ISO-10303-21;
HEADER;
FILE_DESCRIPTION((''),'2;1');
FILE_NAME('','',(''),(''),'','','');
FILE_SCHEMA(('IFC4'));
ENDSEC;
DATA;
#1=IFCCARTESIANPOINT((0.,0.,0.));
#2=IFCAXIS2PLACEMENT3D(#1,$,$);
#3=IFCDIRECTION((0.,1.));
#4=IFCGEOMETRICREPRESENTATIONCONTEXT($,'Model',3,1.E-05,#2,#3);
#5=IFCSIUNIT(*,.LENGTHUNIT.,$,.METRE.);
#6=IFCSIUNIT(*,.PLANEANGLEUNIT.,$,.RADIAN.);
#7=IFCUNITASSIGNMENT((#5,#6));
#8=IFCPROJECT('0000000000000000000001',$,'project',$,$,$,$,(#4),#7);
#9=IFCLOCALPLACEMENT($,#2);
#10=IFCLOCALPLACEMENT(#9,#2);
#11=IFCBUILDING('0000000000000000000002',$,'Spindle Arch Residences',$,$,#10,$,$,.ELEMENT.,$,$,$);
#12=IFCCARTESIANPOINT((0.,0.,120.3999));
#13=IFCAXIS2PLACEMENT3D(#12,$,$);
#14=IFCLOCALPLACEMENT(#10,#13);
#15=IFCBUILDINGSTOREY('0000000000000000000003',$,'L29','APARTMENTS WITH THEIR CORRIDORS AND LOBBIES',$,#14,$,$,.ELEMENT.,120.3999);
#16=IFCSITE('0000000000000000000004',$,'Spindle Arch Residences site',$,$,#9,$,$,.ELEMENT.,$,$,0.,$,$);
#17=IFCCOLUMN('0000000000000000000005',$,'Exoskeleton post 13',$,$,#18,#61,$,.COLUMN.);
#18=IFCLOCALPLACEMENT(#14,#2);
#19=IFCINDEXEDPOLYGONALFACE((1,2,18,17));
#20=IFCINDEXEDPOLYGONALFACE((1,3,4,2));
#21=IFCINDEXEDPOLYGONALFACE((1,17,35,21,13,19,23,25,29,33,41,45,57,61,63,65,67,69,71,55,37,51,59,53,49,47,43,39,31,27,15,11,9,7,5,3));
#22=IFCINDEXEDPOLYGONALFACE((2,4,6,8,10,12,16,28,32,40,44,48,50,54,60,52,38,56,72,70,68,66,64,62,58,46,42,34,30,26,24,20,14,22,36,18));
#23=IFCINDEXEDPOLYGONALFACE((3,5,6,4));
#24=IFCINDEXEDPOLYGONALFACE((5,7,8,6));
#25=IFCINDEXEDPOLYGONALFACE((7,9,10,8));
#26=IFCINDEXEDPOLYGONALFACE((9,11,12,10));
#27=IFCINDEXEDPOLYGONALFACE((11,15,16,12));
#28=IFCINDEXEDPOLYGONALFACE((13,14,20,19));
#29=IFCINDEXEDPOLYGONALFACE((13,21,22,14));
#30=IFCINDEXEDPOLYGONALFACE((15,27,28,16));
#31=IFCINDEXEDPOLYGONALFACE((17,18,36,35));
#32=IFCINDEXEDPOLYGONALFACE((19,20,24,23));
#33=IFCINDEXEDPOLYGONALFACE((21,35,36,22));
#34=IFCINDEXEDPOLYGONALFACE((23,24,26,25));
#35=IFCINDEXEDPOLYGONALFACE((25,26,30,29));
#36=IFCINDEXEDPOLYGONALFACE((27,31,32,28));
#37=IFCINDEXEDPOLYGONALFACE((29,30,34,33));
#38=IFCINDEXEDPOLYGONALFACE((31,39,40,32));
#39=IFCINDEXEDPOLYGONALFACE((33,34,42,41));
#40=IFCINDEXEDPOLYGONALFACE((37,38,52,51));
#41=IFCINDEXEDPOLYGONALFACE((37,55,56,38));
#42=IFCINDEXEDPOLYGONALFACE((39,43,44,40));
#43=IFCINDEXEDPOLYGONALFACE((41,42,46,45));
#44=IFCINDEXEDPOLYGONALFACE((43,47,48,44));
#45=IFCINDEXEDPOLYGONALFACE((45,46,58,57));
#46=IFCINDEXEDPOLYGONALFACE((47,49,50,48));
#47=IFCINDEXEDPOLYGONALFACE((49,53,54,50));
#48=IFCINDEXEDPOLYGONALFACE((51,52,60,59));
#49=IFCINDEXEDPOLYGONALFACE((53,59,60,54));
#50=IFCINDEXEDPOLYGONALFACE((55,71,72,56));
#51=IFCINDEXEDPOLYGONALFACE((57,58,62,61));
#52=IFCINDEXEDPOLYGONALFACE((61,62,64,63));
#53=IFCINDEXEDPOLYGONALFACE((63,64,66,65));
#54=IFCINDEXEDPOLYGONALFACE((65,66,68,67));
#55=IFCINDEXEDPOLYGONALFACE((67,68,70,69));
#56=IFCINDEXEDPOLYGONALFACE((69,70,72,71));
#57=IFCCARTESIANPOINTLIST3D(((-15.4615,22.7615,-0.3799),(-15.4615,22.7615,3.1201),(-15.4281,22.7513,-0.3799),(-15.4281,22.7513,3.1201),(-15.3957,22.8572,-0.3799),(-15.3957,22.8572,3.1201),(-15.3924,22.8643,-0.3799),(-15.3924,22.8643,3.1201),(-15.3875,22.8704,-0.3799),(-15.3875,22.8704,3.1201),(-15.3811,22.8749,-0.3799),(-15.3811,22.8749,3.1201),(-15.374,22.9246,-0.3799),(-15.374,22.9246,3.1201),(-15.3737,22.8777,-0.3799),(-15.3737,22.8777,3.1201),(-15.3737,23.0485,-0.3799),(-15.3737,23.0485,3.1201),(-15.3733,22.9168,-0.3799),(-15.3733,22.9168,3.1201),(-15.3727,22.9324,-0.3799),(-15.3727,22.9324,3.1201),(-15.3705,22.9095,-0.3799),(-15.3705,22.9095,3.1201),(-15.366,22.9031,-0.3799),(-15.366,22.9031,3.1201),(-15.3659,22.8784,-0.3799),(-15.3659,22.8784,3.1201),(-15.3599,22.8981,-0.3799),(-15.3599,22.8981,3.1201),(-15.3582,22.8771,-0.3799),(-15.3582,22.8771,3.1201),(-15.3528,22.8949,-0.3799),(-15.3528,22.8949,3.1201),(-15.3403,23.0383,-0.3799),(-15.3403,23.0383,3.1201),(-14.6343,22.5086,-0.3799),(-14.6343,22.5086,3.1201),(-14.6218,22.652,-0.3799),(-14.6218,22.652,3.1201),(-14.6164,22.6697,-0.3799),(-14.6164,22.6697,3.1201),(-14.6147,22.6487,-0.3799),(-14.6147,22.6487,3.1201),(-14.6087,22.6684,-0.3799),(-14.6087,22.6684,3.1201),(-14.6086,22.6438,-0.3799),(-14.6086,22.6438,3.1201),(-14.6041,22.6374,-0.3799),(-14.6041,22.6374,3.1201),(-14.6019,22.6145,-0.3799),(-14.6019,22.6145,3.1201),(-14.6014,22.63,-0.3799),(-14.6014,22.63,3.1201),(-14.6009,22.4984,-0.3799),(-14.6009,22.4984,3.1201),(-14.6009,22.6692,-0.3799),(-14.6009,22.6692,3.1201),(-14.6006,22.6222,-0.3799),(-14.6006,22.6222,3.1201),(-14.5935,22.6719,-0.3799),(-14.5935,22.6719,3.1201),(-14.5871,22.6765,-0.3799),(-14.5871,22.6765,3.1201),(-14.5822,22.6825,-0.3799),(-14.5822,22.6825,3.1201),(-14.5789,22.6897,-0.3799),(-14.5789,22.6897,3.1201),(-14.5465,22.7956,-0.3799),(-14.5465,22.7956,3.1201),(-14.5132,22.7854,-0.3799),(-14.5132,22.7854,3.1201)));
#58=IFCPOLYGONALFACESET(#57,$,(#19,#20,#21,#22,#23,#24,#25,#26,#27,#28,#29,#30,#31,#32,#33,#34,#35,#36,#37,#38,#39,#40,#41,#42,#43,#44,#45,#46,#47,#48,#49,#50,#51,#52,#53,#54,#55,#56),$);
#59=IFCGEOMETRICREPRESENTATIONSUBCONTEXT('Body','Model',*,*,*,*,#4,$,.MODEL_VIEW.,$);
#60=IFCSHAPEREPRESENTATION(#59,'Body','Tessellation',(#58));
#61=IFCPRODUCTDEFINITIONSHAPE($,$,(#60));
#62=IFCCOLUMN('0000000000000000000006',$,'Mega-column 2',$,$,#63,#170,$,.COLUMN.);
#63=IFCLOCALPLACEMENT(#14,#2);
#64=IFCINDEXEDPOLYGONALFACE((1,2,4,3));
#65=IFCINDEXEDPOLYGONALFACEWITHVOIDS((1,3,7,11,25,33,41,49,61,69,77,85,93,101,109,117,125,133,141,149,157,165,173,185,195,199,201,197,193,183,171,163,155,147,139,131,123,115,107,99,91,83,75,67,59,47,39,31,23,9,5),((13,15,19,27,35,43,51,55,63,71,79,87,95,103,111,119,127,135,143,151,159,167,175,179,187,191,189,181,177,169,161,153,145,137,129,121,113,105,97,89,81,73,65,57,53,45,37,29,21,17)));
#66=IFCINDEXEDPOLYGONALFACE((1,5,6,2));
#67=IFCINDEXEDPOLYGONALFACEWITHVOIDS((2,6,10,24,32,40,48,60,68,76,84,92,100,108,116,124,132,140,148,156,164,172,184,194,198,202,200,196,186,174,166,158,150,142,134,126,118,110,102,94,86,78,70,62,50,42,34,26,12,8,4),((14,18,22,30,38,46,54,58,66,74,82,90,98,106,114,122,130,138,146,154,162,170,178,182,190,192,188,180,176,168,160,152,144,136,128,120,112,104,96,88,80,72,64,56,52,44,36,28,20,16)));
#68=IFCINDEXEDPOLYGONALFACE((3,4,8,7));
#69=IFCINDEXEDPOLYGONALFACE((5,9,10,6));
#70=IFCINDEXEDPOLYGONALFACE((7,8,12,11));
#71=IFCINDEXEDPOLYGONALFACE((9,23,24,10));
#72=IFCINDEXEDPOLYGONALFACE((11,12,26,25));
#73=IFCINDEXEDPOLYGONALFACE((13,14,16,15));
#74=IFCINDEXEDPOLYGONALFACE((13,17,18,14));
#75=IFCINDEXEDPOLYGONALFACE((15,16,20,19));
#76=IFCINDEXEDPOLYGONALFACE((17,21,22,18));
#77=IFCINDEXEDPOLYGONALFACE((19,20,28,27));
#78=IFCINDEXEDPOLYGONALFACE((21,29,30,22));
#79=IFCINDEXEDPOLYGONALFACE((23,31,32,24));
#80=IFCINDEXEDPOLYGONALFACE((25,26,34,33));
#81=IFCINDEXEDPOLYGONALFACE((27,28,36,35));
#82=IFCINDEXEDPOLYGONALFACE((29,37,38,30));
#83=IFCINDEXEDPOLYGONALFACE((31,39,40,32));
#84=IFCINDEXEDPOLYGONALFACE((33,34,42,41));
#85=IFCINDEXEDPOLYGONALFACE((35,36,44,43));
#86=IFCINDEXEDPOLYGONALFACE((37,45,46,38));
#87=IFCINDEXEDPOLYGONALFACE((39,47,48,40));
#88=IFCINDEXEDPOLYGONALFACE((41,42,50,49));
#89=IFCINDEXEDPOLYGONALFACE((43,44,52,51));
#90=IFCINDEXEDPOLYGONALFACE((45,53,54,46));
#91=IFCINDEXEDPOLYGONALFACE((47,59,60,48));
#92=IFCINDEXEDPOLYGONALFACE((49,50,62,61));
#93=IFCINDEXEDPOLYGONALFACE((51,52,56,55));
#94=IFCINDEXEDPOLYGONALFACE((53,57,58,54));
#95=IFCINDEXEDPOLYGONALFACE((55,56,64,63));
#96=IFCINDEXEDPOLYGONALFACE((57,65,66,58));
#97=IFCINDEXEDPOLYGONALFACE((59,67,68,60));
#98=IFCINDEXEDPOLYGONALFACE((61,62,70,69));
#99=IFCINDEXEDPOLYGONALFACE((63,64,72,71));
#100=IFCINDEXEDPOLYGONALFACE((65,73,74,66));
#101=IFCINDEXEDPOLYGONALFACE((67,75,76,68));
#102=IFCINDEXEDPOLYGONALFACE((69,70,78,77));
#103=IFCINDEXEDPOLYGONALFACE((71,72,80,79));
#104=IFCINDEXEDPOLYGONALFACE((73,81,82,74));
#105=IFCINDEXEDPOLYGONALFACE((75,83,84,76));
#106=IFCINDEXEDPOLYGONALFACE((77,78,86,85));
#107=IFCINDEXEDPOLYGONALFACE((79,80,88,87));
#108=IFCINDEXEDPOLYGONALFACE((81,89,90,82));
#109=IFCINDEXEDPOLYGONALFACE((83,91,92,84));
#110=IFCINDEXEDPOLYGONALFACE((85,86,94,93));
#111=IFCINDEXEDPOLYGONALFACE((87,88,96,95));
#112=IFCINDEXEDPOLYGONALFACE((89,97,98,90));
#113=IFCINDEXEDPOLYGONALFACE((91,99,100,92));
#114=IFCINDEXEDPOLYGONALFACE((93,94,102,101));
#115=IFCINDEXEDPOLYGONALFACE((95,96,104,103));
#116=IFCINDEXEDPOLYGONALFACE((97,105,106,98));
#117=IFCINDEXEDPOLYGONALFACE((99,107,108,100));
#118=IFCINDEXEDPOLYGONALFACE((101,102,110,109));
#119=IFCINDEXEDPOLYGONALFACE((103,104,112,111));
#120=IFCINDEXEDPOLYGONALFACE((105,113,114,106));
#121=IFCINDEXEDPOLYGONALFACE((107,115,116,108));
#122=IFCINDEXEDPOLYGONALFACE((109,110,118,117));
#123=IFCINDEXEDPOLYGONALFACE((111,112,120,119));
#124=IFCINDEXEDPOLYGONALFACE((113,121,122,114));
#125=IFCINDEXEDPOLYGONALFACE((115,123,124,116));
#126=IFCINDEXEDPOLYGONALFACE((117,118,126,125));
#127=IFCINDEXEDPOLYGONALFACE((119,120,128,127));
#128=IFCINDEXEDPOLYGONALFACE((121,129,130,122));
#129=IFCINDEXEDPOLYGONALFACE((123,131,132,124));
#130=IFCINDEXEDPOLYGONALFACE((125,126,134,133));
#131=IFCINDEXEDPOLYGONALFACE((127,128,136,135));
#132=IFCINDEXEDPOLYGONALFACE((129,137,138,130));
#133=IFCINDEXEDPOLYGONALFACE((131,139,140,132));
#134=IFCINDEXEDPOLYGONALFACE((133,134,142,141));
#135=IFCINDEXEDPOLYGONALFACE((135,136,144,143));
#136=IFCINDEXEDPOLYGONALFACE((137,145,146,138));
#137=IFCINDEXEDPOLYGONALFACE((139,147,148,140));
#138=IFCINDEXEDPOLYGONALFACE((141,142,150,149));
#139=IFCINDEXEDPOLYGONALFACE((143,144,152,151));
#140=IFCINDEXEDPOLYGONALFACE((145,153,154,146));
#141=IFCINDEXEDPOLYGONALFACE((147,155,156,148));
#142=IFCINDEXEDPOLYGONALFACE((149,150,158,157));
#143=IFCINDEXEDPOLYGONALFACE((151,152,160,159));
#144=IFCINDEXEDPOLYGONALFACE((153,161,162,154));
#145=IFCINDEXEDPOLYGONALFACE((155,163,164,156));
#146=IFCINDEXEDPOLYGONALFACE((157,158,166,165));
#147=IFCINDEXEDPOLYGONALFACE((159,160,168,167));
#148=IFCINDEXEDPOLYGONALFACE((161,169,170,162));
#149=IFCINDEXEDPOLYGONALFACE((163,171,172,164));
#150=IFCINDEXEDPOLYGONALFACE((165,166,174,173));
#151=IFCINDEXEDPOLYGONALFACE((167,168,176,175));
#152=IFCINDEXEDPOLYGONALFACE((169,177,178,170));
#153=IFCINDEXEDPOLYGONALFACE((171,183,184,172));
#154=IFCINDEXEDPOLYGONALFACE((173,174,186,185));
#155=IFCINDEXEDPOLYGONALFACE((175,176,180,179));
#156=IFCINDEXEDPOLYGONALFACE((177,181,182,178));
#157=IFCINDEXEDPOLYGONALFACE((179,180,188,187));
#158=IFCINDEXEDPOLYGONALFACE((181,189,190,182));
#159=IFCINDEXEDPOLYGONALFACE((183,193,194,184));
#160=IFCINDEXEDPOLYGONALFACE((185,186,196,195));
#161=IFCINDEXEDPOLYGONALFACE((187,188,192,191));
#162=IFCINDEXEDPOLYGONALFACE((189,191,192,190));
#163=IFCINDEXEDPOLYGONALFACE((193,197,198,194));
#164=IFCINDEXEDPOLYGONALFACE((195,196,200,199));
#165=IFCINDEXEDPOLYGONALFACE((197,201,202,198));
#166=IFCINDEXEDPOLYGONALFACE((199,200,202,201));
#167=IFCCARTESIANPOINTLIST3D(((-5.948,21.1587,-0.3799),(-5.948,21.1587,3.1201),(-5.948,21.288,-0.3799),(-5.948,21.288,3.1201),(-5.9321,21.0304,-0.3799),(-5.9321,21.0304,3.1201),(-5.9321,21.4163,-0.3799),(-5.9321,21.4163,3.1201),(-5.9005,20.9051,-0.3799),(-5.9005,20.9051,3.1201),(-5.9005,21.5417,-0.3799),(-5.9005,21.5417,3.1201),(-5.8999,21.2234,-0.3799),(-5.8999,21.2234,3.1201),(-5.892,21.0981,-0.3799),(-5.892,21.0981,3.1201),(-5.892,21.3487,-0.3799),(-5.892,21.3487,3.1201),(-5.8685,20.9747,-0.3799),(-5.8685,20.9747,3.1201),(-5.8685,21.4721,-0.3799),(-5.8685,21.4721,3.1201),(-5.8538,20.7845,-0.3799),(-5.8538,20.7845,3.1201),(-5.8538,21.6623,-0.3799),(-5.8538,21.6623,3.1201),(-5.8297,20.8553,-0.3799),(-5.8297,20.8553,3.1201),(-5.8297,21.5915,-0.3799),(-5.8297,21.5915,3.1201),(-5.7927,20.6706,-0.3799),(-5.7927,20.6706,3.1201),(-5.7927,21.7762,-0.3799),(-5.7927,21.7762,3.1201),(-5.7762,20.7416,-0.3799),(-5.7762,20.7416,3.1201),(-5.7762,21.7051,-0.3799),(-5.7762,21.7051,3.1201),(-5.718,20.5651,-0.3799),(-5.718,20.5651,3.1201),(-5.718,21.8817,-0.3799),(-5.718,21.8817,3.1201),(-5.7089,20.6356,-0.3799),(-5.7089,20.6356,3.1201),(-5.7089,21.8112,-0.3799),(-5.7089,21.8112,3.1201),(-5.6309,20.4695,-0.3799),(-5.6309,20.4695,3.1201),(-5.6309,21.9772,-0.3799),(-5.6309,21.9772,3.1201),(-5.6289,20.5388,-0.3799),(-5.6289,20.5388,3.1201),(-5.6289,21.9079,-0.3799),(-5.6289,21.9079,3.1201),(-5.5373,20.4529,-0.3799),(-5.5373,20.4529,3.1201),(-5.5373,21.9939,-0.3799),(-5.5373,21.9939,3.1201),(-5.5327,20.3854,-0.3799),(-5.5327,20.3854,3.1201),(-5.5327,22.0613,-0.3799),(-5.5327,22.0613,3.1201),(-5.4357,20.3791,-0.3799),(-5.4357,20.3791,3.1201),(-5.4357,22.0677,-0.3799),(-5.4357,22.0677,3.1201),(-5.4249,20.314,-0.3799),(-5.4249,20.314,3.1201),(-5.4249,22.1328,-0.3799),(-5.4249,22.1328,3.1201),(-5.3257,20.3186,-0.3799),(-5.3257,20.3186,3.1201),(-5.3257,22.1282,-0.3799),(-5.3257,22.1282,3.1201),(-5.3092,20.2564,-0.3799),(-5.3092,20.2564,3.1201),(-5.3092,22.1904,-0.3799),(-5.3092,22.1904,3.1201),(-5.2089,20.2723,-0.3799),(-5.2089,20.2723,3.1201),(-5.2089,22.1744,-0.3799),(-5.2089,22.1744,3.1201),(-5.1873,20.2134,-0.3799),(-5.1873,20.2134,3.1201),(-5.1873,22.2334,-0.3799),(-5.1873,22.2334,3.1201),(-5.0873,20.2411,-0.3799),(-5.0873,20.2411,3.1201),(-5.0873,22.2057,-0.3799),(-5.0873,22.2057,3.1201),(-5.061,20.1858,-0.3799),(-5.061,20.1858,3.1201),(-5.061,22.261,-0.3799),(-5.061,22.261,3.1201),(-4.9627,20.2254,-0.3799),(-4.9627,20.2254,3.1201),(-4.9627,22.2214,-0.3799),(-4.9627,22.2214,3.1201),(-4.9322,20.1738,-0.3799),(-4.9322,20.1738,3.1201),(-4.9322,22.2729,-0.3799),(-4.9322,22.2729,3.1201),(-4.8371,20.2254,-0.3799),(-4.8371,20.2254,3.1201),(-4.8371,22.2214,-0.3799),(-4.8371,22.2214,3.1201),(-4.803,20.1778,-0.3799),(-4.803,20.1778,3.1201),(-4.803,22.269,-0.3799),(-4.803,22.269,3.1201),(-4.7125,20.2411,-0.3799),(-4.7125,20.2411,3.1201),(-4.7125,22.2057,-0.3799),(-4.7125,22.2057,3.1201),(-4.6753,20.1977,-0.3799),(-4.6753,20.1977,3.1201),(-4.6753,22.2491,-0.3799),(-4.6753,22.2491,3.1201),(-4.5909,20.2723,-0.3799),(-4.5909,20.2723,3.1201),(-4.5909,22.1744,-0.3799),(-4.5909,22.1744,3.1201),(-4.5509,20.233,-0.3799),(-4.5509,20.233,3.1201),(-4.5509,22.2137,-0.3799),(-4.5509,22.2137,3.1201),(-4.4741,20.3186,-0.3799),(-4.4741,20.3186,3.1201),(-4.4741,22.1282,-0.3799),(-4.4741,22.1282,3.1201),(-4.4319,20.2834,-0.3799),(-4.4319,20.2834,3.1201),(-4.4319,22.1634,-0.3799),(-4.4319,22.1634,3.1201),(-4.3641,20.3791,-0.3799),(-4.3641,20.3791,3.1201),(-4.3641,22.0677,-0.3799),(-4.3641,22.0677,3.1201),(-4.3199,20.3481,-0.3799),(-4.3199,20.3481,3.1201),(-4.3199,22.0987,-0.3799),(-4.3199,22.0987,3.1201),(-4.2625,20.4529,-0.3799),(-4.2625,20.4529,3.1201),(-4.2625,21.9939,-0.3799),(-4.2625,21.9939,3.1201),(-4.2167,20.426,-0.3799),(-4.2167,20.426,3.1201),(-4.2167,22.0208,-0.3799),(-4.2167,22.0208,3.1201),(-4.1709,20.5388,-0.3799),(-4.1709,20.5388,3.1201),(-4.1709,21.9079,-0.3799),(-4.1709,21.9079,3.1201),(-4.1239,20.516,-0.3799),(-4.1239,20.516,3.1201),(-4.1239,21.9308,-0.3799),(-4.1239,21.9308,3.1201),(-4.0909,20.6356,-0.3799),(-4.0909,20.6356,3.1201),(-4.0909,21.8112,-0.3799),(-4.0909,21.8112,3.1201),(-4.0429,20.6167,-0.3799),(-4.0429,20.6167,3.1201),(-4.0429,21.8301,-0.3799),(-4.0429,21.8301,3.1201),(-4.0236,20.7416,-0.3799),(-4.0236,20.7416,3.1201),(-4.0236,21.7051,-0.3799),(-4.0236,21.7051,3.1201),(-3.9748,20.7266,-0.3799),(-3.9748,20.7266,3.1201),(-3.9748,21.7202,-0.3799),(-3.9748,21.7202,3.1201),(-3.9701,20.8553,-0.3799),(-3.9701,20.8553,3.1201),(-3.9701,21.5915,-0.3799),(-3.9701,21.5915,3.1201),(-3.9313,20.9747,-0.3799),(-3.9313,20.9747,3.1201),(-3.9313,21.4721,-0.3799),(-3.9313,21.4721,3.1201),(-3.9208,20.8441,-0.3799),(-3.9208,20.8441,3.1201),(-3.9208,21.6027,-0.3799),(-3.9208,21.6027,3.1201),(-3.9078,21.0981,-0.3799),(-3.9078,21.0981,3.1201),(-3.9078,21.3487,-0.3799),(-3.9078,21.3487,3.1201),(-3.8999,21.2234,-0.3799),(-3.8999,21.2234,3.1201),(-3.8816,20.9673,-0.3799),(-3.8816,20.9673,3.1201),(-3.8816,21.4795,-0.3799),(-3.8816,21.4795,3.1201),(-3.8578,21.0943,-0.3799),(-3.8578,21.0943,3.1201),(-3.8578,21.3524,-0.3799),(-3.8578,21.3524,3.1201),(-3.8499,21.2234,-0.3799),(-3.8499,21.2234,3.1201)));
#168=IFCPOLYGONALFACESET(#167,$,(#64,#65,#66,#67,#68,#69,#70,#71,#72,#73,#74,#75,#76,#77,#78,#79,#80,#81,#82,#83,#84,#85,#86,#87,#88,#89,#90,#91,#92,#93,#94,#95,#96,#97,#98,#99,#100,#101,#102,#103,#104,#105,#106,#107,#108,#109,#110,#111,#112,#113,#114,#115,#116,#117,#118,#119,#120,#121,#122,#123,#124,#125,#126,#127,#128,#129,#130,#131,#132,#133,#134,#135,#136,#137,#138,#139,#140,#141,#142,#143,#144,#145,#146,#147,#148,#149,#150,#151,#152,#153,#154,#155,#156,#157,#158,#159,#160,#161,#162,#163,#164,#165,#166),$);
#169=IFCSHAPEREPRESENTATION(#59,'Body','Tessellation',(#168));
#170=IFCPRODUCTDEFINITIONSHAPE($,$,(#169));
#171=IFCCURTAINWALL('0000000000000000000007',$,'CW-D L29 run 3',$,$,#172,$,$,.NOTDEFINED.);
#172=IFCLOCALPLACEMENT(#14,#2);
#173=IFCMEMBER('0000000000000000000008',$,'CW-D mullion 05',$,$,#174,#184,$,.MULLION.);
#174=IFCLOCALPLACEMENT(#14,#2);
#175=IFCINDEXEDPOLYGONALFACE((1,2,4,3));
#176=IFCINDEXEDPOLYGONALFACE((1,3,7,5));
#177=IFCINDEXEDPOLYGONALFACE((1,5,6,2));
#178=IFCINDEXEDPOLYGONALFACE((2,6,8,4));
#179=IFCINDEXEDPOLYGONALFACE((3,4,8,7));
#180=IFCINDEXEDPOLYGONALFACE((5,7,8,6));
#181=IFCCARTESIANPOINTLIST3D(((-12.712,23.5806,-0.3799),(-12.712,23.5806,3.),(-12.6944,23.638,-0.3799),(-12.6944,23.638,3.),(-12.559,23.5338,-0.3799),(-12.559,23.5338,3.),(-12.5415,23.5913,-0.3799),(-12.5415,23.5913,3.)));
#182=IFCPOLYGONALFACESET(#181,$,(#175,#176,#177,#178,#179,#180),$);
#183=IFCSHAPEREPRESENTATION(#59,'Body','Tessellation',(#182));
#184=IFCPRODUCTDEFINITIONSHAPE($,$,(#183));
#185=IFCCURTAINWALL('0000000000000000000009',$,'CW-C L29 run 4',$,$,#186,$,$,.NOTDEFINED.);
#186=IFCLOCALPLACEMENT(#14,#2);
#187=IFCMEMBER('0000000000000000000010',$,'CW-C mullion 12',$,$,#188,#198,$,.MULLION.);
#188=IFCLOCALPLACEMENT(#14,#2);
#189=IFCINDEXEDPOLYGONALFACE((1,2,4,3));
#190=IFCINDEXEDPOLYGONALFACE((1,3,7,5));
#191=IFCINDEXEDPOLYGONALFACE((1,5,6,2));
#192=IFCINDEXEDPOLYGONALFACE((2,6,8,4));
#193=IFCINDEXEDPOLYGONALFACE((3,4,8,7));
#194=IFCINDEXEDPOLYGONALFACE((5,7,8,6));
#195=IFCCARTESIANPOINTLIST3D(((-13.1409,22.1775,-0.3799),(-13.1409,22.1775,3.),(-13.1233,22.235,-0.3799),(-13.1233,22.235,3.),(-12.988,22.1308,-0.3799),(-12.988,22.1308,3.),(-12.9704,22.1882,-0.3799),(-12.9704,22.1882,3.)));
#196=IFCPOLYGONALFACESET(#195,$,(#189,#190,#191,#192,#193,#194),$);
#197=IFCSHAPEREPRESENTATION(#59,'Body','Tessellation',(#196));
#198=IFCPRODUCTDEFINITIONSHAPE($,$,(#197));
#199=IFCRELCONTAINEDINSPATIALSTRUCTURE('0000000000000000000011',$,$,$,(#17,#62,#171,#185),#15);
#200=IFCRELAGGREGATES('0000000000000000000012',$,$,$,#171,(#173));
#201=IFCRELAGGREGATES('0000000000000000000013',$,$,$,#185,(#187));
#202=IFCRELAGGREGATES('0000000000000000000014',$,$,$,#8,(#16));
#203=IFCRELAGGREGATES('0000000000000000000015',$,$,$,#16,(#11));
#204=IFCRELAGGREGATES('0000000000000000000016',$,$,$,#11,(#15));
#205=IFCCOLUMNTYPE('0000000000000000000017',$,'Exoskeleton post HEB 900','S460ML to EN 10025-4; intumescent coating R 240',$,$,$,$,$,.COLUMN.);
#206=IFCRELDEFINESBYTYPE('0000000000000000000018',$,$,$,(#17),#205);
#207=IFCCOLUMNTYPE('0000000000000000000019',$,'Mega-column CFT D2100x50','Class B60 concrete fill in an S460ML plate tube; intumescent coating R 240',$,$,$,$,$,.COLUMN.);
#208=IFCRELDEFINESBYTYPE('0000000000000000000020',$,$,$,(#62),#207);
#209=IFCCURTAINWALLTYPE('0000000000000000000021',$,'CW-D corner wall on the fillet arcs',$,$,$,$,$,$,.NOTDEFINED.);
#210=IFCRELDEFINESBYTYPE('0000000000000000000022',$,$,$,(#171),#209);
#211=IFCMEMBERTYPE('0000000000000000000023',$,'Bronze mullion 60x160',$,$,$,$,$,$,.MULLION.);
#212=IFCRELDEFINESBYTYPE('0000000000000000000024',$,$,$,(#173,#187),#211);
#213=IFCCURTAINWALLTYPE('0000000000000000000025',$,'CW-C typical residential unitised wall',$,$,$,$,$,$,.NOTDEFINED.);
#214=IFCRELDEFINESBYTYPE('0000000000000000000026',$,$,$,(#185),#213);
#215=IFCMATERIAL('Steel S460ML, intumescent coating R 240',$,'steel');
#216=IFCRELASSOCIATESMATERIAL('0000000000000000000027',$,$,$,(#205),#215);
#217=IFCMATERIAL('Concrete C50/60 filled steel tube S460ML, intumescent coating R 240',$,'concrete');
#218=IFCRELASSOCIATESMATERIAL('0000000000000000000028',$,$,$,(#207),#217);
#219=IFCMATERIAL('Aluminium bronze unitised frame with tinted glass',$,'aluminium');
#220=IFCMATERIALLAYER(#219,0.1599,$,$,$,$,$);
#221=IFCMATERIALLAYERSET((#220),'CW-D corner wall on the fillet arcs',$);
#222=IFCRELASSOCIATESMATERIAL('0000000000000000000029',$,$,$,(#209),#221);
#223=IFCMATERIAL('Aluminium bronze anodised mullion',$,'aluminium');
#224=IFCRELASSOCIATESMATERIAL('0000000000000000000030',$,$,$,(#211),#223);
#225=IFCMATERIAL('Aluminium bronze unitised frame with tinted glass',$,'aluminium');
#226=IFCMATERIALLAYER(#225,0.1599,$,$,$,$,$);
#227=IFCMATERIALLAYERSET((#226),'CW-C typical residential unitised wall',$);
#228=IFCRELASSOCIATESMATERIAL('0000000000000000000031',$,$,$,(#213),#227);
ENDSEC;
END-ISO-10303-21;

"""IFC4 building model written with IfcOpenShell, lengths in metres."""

from ifc_helpers import new_model, si_unit, direction, frame, origin, origin_2d, place, context, subcontext, project, spatial, rectangle, hollow_circle, i_section, extrude, material, layer, layer_set, material_profile, profile_set, type_object, element, aggregate, save


model = new_model("IFC4")

# Units and contexts
model_context = context("Model", 3, precision=1e-05, world=origin(), true_north=direction((0.0, 1.0)))
body_context = subcontext(model_context, "Body", "Model", "MODEL_VIEW")
ifc_project = project(units=[si_unit("LENGTHUNIT", "METRE"), si_unit("PLANEANGLEUNIT", "RADIAN")], contexts=[model_context])

# Site, building, storey
site_placement = place(None, origin())
site = spatial("IfcSite", under=ifc_project, at=site_placement, Name="Spindle Arch Residences site", CompositionType="ELEMENT", RefElevation=0.0)
building_placement = place(site_placement, origin())
building = spatial("IfcBuilding", under=site, at=building_placement, Name="Spindle Arch Residences", CompositionType="ELEMENT")
storey_placement = place(building_placement, frame((0.0, 0.0, 120.3999)))
storey = spatial("IfcBuildingStorey", under=building, at=storey_placement, Name="L29", Description="APARTMENTS WITH THEIR CORRIDORS AND LOBBIES", CompositionType="ELEMENT", Elevation=120.3999)

# Columns
ifc_material_1 = material(Name="Steel S460ML, intumescent coating R 240", Category="steel")
ifc_material_profile_1 = material_profile(ifc_material_1, i_section(OverallWidth=0.3, OverallDepth=0.8999, WebThickness=0.0186, FlangeThickness=0.0349, FilletRadius=0.03, at=origin_2d()), Name="HEB 900")
ifc_profile_set_1 = profile_set([ifc_material_profile_1], Name="Steel S460ML, intumescent coating R 240")
column_type_1 = type_object("IfcColumnType", Name="Exoskeleton post HEB 900", Description="S460ML to EN 10025-4; intumescent coating R 240", PredefinedType="COLUMN", material=ifc_profile_set_1)
column_1_placement = place(storey_placement, frame((-14.9873, 22.7734, -0.3799), z_axis=(0.0, 0.0, 1.0), x_axis=(0.292372, 0.956305, 0.0)))
element("IfcColumn", 1, at=column_1_placement, inside=storey, type_object=column_type_1, Name="Exoskeleton post 13", PredefinedType="COLUMN", context=body_context, shape_type="SweptSolid", body=[
    extrude(i_section(OverallWidth=0.3, OverallDepth=0.8999, WebThickness=0.0186, FlangeThickness=0.0349, FilletRadius=0.03, at=origin_2d()), origin(), (0.0, 0.0, 1.0), 3.5),
])
ifc_material_2 = material(Name="Concrete C50/60 filled steel tube S460ML, intumescent coating R 240", Category="concrete")
ifc_material_profile_2 = material_profile(ifc_material_2, hollow_circle(Radius=1.05, WallThickness=0.05, at=origin_2d()), Name="CFT D2100x50")
ifc_profile_set_2 = profile_set([ifc_material_profile_2], Name="Concrete C50/60 filled steel tube S460ML, intumescent coating R 240")
column_type_2 = type_object("IfcColumnType", Name="Mega-column CFT D2100x50", Description="Class B60 concrete fill in an S460ML plate tube; intumescent coating R 240", PredefinedType="COLUMN", material=ifc_profile_set_2)
column_2_placement = place(storey_placement, frame((-4.8999, 21.2234, -0.3799), z_axis=(0.0, 0.0, 1.0), x_axis=(1.0, 0.0, 0.0)))
element("IfcColumn", 2, at=column_2_placement, inside=storey, type_object=column_type_2, Name="Mega-column 2", PredefinedType="COLUMN", context=body_context, shape_type="SweptSolid", body=[
    extrude(hollow_circle(Radius=1.05, WallThickness=0.05, at=origin_2d()), origin(), (0.0, 0.0, 1.0), 3.5),
])

# Curtain walls, members
ifc_material_3 = material(Name="Aluminium bronze unitised frame with tinted glass", Category="aluminium")
ifc_layer_1 = layer(ifc_material_3, 0.1599)
ifc_layer_set_1 = layer_set([ifc_layer_1], Name="CW-D corner wall on the fillet arcs")
curtain_wall_type_1 = type_object("IfcCurtainWallType", Name="CW-D corner wall on the fillet arcs", PredefinedType="NOTDEFINED", material=ifc_layer_set_1)
curtain_wall_1_placement = place(storey_placement, origin())
curtain_wall_1 = element("IfcCurtainWall", 3, at=curtain_wall_1_placement, inside=storey, type_object=curtain_wall_type_1, Name="CW-D L29 run 3", PredefinedType="NOTDEFINED")
ifc_material_4 = material(Name="Aluminium bronze anodised mullion", Category="aluminium")
ifc_material_profile_3 = material_profile(ifc_material_4, rectangle(XDim=0.1599, YDim=0.0601, at=origin_2d()), Name="MU 60x160")
ifc_profile_set_3 = profile_set([ifc_material_profile_3], Name="Aluminium bronze anodised mullion")
member_type_1 = type_object("IfcMemberType", Name="Bronze mullion 60x160", PredefinedType="MULLION", material=ifc_profile_set_3)
member_1_placement = place(storey_placement, frame((-12.6267, 23.5859, -0.3799), z_axis=(0.0, 0.0, 1.0), x_axis=(0.956305, -0.292372, 0.0)))
member_1 = element("IfcMember", 4, at=member_1_placement, type_object=member_type_1, Name="CW-D mullion 05", PredefinedType="MULLION", context=body_context, shape_type="SweptSolid", body=[
    extrude(rectangle(XDim=0.1599, YDim=0.0601, at=origin_2d()), origin(), (0.0, 0.0, 1.0), 3.3799),
])
ifc_material_5 = material(Name="Aluminium bronze unitised frame with tinted glass", Category="aluminium")
ifc_layer_2 = layer(ifc_material_5, 0.1599)
ifc_layer_set_2 = layer_set([ifc_layer_2], Name="CW-C typical residential unitised wall")
curtain_wall_type_2 = type_object("IfcCurtainWallType", Name="CW-C typical residential unitised wall", PredefinedType="NOTDEFINED", material=ifc_layer_set_2)
curtain_wall_2_placement = place(storey_placement, origin())
curtain_wall_2 = element("IfcCurtainWall", 5, at=curtain_wall_2_placement, inside=storey, type_object=curtain_wall_type_2, Name="CW-C L29 run 4", PredefinedType="NOTDEFINED")
member_2_placement = place(storey_placement, frame((-13.0557, 22.1829, -0.3799), z_axis=(0.0, 0.0, 1.0), x_axis=(0.956305, -0.292372, 0.0)))
member_2 = element("IfcMember", 6, at=member_2_placement, type_object=member_type_1, Name="CW-C mullion 12", PredefinedType="MULLION", context=body_context, shape_type="SweptSolid", body=[
    extrude(rectangle(XDim=0.1599, YDim=0.0601, at=origin_2d()), origin(), (0.0, 0.0, 1.0), 3.3799),
])

aggregate(curtain_wall_1, [member_1])
aggregate(curtain_wall_2, [member_2])

save(model, "model.ifc")
